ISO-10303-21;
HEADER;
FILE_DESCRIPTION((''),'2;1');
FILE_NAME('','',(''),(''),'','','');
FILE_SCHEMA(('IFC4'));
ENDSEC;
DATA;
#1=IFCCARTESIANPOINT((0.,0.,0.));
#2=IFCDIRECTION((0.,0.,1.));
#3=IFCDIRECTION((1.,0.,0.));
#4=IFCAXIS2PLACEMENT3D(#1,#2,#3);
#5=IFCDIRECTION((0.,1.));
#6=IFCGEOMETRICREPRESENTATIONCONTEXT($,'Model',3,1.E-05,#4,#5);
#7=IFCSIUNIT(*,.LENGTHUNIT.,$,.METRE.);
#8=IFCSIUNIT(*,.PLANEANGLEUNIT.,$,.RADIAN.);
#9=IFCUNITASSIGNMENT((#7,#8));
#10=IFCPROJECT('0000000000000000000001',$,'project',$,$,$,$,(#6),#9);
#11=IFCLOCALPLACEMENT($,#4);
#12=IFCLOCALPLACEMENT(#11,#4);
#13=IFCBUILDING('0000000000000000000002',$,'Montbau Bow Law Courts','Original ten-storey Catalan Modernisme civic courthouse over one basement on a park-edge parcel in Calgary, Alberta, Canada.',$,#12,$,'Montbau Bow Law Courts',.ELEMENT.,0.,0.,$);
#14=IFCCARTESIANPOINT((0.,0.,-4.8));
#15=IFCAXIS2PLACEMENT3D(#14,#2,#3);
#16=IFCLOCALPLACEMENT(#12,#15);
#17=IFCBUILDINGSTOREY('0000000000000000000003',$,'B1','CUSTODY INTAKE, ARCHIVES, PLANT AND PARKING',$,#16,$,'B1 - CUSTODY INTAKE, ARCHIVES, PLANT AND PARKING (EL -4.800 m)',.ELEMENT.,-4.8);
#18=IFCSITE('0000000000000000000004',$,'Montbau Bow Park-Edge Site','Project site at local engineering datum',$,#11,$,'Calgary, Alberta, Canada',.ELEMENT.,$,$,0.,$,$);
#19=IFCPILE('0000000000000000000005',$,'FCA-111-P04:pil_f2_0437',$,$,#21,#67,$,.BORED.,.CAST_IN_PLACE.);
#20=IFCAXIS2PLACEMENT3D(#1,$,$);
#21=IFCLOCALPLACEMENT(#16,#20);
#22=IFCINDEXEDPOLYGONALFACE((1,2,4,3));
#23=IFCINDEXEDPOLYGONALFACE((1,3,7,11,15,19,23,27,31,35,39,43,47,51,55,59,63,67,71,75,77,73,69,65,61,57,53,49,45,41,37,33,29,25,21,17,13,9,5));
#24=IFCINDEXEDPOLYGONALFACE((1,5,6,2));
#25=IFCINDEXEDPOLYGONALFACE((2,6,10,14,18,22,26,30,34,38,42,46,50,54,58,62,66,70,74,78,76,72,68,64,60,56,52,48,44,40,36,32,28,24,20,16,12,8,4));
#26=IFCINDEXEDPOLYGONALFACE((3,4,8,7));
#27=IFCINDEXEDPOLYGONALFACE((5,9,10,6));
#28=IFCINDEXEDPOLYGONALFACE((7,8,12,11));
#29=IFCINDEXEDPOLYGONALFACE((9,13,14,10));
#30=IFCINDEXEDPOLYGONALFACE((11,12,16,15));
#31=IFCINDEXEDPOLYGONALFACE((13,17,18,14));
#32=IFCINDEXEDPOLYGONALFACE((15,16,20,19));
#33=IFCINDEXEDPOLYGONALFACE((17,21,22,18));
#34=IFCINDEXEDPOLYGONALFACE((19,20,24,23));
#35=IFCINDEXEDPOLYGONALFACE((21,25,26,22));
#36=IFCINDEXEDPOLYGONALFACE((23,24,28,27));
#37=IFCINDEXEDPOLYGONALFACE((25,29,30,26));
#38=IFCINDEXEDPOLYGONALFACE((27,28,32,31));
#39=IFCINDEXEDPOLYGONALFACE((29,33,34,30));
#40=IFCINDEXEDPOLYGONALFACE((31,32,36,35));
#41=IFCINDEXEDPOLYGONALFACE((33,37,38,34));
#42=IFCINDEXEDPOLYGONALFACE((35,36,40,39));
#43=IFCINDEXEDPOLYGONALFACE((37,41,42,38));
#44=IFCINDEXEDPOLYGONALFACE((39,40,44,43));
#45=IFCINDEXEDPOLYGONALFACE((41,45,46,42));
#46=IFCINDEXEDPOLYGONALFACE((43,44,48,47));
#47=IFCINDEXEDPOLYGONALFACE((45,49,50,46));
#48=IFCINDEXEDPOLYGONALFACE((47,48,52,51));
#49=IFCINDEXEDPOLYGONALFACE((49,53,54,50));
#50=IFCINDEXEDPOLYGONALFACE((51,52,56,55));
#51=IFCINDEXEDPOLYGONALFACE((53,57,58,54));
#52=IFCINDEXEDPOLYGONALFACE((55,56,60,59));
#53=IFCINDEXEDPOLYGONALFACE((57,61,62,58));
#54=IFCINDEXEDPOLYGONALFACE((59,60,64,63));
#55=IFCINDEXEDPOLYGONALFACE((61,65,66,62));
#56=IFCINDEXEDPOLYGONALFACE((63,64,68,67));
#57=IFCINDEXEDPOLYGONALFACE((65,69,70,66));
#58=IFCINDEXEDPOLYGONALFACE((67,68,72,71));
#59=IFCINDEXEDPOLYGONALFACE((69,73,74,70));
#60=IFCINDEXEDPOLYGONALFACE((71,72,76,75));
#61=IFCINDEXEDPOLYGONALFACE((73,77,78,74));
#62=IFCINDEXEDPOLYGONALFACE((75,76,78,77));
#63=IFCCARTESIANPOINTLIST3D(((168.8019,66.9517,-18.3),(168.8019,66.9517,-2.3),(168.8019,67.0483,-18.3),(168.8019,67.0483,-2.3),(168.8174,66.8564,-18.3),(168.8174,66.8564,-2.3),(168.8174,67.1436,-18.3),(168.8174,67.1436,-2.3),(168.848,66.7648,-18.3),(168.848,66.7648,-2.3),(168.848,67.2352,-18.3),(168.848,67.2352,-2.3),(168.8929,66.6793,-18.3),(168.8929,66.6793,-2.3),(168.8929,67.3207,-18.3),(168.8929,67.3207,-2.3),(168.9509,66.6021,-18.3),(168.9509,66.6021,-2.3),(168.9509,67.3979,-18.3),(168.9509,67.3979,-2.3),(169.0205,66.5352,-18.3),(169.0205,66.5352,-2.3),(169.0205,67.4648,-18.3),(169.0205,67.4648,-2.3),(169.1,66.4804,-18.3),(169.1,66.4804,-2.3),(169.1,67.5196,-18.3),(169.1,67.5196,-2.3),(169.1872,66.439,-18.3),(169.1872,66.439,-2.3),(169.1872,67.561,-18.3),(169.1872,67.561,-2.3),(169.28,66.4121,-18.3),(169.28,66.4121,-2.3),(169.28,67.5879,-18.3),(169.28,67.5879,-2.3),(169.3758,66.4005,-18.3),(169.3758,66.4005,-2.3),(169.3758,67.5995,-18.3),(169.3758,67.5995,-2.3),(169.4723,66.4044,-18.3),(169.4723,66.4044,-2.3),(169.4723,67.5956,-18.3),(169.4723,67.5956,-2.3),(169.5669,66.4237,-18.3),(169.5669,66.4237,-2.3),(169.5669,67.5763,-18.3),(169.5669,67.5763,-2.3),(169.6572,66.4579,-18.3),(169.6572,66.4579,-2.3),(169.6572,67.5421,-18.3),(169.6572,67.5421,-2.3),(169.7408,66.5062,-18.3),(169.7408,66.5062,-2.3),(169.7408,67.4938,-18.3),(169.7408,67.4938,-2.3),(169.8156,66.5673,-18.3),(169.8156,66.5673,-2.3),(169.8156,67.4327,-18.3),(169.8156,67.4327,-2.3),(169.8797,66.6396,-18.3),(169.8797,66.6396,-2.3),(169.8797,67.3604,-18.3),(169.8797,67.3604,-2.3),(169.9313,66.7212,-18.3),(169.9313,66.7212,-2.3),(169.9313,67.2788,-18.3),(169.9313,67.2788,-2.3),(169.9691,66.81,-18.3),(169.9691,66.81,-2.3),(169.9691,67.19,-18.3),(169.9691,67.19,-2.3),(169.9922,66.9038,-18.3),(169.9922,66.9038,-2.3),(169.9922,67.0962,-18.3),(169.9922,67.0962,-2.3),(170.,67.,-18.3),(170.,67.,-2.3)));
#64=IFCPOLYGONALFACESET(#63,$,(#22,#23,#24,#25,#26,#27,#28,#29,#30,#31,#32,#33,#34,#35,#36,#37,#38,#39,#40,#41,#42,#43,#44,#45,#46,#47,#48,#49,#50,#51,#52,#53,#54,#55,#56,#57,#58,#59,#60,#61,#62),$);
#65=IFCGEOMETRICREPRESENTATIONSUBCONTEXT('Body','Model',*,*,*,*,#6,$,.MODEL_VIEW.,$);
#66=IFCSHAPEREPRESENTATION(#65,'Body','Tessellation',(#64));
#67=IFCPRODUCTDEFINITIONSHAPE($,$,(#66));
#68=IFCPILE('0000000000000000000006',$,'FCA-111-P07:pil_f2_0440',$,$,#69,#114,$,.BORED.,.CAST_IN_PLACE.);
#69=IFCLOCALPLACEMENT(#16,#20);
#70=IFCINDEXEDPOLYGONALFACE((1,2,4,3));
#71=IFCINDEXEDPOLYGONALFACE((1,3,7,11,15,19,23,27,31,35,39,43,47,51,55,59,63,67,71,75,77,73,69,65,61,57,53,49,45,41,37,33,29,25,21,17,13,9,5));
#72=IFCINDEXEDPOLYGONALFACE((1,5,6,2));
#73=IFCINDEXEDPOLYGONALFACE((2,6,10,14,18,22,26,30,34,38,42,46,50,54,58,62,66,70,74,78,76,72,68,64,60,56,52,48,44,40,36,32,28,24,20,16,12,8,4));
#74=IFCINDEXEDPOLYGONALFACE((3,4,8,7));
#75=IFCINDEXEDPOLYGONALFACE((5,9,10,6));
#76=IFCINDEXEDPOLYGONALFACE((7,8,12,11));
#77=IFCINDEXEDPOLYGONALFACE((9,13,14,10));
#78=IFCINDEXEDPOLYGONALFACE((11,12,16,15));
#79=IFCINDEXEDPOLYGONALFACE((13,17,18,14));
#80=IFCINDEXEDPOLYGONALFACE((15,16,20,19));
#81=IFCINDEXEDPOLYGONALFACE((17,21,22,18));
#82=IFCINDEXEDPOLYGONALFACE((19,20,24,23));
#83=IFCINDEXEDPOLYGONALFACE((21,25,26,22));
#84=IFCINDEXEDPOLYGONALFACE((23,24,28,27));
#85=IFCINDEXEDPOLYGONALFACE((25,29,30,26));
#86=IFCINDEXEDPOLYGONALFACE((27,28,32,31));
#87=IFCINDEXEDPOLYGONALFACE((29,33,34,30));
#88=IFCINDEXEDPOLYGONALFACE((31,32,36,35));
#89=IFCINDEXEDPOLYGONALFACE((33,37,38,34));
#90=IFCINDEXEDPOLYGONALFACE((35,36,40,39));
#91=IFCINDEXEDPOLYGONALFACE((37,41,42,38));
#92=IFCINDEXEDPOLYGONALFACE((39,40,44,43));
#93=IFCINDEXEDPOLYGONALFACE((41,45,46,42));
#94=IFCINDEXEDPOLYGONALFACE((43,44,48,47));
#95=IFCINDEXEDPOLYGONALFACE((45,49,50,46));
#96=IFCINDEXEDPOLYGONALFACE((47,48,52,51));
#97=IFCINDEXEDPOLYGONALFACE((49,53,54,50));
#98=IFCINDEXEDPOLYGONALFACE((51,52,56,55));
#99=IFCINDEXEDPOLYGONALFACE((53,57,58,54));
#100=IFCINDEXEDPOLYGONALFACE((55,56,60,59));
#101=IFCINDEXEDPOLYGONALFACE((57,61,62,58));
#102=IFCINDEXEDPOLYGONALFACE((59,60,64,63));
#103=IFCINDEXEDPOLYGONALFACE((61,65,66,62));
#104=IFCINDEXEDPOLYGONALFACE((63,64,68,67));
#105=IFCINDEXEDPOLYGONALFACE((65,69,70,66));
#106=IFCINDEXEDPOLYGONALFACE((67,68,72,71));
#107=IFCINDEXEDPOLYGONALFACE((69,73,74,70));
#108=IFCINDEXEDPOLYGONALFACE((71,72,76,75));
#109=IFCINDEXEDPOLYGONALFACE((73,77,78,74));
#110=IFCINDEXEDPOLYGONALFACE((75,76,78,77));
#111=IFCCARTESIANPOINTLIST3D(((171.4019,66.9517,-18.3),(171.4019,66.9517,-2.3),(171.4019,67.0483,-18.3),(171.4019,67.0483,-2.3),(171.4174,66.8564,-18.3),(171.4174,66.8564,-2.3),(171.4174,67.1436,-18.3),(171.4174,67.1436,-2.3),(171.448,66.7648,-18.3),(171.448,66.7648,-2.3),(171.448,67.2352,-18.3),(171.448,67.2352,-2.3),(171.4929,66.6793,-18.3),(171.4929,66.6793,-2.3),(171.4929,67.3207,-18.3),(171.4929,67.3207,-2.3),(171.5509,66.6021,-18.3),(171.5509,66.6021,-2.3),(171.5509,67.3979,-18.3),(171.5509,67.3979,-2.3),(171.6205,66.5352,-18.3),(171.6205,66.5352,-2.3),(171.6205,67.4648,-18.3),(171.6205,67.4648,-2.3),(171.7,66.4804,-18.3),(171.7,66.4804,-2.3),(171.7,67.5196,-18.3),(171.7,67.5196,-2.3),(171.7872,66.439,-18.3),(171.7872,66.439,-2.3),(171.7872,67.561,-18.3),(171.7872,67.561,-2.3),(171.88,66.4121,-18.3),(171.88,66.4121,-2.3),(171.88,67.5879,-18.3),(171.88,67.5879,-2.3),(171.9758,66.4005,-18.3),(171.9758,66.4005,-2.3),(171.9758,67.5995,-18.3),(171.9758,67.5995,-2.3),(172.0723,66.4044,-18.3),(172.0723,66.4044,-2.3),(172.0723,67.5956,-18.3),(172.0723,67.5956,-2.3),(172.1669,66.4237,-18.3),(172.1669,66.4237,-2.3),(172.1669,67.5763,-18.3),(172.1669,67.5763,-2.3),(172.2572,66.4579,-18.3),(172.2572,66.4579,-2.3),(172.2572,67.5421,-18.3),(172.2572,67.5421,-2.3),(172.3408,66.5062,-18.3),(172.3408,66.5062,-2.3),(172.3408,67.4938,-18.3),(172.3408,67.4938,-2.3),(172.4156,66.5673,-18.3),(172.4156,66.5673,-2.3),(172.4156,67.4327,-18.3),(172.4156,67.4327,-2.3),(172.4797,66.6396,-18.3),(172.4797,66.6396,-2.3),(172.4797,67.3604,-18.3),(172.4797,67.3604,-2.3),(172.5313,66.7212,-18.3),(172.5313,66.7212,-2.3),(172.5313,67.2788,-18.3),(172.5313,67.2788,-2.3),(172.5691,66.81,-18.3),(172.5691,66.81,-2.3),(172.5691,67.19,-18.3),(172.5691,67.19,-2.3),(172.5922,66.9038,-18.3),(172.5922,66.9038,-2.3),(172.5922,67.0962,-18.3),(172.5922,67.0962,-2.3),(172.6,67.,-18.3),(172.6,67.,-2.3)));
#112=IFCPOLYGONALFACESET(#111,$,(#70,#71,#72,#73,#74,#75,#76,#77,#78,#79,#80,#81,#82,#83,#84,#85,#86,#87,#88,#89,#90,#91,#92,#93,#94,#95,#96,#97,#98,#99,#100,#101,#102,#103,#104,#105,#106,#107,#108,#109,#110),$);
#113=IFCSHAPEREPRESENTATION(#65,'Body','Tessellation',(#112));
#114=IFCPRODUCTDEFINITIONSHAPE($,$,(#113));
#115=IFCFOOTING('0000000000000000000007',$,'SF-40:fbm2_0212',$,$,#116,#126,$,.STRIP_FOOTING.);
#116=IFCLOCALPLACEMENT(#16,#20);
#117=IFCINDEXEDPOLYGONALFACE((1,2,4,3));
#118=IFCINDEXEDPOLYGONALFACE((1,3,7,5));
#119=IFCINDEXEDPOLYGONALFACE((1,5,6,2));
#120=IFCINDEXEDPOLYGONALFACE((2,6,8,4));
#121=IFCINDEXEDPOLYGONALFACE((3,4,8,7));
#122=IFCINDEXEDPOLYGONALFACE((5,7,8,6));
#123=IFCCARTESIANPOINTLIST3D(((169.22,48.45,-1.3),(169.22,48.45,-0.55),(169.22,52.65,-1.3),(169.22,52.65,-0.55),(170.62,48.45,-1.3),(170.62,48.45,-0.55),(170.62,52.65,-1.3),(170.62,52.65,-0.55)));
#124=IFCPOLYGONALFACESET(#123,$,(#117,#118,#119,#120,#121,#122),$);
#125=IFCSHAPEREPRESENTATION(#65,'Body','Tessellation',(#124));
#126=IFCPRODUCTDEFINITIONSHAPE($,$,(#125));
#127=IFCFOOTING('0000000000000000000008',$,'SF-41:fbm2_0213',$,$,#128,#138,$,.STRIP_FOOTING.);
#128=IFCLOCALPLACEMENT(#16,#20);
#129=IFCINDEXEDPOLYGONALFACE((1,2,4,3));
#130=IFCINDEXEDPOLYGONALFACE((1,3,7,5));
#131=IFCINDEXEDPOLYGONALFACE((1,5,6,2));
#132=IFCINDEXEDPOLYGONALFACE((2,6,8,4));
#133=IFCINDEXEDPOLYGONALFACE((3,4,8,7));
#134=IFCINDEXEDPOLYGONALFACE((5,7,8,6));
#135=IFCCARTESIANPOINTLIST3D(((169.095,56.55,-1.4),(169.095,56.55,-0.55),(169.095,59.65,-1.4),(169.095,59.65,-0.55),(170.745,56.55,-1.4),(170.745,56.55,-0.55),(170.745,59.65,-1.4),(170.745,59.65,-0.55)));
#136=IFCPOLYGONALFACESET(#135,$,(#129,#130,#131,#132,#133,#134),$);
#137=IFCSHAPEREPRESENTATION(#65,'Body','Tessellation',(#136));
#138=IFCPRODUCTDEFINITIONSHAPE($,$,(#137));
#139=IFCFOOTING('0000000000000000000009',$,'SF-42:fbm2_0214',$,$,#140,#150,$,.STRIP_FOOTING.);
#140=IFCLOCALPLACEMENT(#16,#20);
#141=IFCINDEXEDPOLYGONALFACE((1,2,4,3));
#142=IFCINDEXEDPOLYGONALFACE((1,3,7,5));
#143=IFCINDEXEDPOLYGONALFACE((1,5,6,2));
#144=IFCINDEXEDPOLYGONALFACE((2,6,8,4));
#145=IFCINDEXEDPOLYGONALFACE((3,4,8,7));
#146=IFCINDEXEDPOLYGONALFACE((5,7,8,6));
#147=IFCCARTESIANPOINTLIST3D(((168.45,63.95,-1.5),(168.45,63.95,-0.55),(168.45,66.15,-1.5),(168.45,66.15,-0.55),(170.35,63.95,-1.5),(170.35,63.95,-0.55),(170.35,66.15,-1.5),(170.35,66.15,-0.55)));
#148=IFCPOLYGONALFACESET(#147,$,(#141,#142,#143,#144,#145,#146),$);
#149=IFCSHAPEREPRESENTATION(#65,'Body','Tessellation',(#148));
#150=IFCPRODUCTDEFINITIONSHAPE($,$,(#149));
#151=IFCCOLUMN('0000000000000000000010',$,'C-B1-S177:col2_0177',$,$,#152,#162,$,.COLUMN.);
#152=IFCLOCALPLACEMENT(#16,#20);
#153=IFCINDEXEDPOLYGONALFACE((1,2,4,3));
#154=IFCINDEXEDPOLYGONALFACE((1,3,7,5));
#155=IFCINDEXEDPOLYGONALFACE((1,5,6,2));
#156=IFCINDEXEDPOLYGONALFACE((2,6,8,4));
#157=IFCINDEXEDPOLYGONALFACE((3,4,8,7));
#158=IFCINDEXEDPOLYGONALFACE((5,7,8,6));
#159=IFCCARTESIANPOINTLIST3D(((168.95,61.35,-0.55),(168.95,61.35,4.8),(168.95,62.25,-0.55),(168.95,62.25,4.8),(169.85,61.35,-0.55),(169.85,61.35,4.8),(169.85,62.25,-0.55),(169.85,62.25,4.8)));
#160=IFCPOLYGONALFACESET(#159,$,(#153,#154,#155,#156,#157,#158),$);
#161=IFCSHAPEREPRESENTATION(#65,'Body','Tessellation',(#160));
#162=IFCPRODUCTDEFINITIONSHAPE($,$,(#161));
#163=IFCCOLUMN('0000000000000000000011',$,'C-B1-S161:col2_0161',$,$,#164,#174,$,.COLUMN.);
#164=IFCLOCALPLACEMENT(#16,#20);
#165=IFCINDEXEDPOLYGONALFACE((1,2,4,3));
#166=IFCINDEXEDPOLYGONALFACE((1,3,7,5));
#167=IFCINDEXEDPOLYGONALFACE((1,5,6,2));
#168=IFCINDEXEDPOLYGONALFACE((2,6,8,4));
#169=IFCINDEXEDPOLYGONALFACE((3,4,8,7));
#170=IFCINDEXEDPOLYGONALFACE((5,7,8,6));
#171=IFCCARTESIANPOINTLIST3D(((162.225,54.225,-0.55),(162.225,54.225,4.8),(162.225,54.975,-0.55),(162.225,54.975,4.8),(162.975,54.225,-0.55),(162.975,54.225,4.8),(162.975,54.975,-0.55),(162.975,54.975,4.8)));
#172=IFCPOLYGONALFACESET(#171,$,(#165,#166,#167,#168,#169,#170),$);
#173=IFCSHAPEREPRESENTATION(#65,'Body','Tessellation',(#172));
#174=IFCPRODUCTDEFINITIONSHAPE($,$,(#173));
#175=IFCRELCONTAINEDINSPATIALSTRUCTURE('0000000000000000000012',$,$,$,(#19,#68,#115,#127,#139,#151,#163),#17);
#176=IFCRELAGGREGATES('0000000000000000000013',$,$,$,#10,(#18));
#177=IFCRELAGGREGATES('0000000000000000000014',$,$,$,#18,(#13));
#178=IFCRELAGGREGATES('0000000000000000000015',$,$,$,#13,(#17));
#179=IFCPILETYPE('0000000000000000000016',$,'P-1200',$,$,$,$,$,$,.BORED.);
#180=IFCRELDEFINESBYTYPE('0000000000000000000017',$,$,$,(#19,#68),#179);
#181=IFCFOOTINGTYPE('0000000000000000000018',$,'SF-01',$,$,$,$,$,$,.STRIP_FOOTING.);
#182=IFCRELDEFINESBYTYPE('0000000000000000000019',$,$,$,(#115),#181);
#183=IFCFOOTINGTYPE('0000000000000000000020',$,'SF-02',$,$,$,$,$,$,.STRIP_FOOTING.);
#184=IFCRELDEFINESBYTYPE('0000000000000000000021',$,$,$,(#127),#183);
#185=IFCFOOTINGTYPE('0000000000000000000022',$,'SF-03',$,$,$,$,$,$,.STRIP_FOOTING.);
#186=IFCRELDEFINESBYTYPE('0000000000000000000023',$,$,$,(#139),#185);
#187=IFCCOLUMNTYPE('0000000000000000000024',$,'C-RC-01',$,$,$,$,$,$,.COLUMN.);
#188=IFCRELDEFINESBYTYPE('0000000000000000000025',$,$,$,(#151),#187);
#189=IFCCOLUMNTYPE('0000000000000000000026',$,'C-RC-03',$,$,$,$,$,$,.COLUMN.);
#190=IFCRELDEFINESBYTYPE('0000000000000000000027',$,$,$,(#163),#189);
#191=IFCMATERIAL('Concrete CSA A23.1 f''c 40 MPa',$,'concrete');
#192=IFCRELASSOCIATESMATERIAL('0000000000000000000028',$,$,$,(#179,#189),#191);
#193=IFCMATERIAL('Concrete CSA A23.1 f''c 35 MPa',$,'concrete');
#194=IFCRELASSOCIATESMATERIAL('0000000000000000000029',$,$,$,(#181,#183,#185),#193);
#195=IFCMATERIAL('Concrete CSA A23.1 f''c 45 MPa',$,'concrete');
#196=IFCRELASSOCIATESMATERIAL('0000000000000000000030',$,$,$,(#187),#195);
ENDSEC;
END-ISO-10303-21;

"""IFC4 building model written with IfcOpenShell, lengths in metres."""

from ifc_helpers import new_model, si_unit, direction, frame, origin_with_axes, origin_2d_with_axis, place, context, subcontext, project, spatial, rectangle, circle, extrude, material, material_profile, profile_set, type_object, element, save


model = new_model("IFC4")

# Units and contexts
model_context = context("Model", 3, precision=1e-05, world=origin_with_axes(), true_north=direction((0.0, 1.0)))
body_context = subcontext(model_context, "Body", "Model", "MODEL_VIEW")
ifc_project = project(units=[si_unit("LENGTHUNIT", "METRE"), si_unit("PLANEANGLEUNIT", "RADIAN")], contexts=[model_context])

# Site, building, storey
site_placement = place(None, origin_with_axes())
site = spatial("IfcSite", under=ifc_project, at=site_placement, Name="Montbau Bow Park-Edge Site", Description="Project site at local engineering datum", LongName="Calgary, Alberta, Canada", CompositionType="ELEMENT", RefElevation=0.0)
building_placement = place(site_placement, origin_with_axes())
building = spatial("IfcBuilding", under=site, at=building_placement, Name="Montbau Bow Law Courts", Description="Original ten-storey Catalan Modernisme civic courthouse over one basement on a park-edge parcel in Calgary, Alberta, Canada.", LongName="Montbau Bow Law Courts", CompositionType="ELEMENT", ElevationOfRefHeight=0.0, ElevationOfTerrain=0.0)
storey_placement = place(building_placement, frame((0.0, 0.0, -4.8), z_axis=(0.0, 0.0, 1.0), x_axis=(1.0, 0.0, 0.0)))
storey = spatial("IfcBuildingStorey", under=building, at=storey_placement, Name="B1", Description="CUSTODY INTAKE, ARCHIVES, PLANT AND PARKING", LongName="B1 - CUSTODY INTAKE, ARCHIVES, PLANT AND PARKING (EL -4.800 m)", CompositionType="ELEMENT", Elevation=-4.8)

# Shared definitions
ifc_material_1 = material(Name="Concrete CSA A23.1 f'c 35 MPa", Category="concrete")

# Piles
ifc_material_2 = material(Name="Concrete CSA A23.1 f'c 40 MPa", Category="concrete")
ifc_material_profile_1 = material_profile(ifc_material_2, circle(Radius=0.6, at=origin_2d_with_axis()), Name="BP1200", Category="Main", Priority=0)
ifc_profile_set_1 = profile_set([ifc_material_profile_1], Name="Concrete CSA A23.1 f'c 40 MPa")
pile_type_1 = type_object("IfcPileType", Name="P-1200", PredefinedType="BORED", material=ifc_profile_set_1)
for number, where, z_axis, x_axis, name in (
    (1, (169.4, 67.0, -23.1), (0.0, 0.0, 1.0), (1.0, 0.0, 0.0), "FCA-111-P04:pil_f2_0437"),
    (2, (172.0, 67.0, -23.1), (0.0, 0.0, 1.0), (1.0, 0.0, 0.0), "FCA-111-P07:pil_f2_0440"),
):
    element("IfcPile", number, at=place(None, frame(where, z_axis=z_axis, x_axis=x_axis)), inside=storey, type_object=pile_type_1, Name=name, ConstructionType="CAST_IN_PLACE", PredefinedType="BORED", context=body_context, shape_type="SweptSolid", body=[
        extrude(circle(Radius=0.6, at=origin_2d_with_axis()), origin_with_axes(), (0.0, 0.0, 1.0), 16.0),
    ])

# Footings
footing_type_1 = type_object("IfcFootingType", Name="SF-01", PredefinedType="STRIP_FOOTING", material=ifc_material_1)
footing_1_placement = place(None, frame((169.92, 50.55, -6.1), z_axis=(0.0, 0.0, 1.0), x_axis=(0.0, 1.0, 0.0)))
element("IfcFooting", 3, at=footing_1_placement, inside=storey, type_object=footing_type_1, Name="SF-40:fbm2_0212", PredefinedType="STRIP_FOOTING", context=body_context, shape_type="SweptSolid", body=[
    extrude(rectangle(XDim=4.2, YDim=1.4, at=origin_2d_with_axis()), origin_with_axes(), (0.0, 0.0, 1.0), 0.75),
])
footing_type_2 = type_object("IfcFootingType", Name="SF-02", PredefinedType="STRIP_FOOTING", material=ifc_material_1)
footing_2_placement = place(None, frame((169.92, 58.1, -6.2), z_axis=(0.0, 0.0, 1.0), x_axis=(0.0, 1.0, 0.0)))
element("IfcFooting", 4, at=footing_2_placement, inside=storey, type_object=footing_type_2, Name="SF-41:fbm2_0213", PredefinedType="STRIP_FOOTING", context=body_context, shape_type="SweptSolid", body=[
    extrude(rectangle(XDim=3.1, YDim=1.65, at=origin_2d_with_axis()), origin_with_axes(), (0.0, 0.0, 1.0), 0.85),
])
footing_type_3 = type_object("IfcFootingType", Name="SF-03", PredefinedType="STRIP_FOOTING", material=ifc_material_1)
footing_3_placement = place(None, frame((169.4, 65.05, -6.3), z_axis=(0.0, 0.0, 1.0), x_axis=(0.0, 1.0, 0.0)))
element("IfcFooting", 5, at=footing_3_placement, inside=storey, type_object=footing_type_3, Name="SF-42:fbm2_0214", PredefinedType="STRIP_FOOTING", context=body_context, shape_type="SweptSolid", body=[
    extrude(rectangle(XDim=2.2, YDim=1.9, at=origin_2d_with_axis()), origin_with_axes(), (0.0, 0.0, 1.0), 0.95),
])

# Columns
ifc_material_3 = material(Name="Concrete CSA A23.1 f'c 45 MPa", Category="concrete")
ifc_material_profile_2 = material_profile(ifc_material_3, rectangle(XDim=0.9, YDim=0.9, at=origin_2d_with_axis()), Name="RC900X900", Category="Main", Priority=0)
ifc_profile_set_2 = profile_set([ifc_material_profile_2], Name="Concrete CSA A23.1 f'c 45 MPa")
column_type_1 = type_object("IfcColumnType", Name="C-RC-01", PredefinedType="COLUMN", material=ifc_profile_set_2)
column_1_placement = place(None, frame((169.4, 61.8, -5.35), z_axis=(0.0, 0.0, 1.0), x_axis=(1.0, 0.0, 0.0)))
element("IfcColumn", 6, at=column_1_placement, inside=storey, type_object=column_type_1, Name="C-B1-S177:col2_0177", PredefinedType="COLUMN", context=body_context, shape_type="SweptSolid", body=[
    extrude(rectangle(XDim=0.9, YDim=0.9, at=origin_2d_with_axis()), origin_with_axes(), (0.0, 0.0, 1.0), 5.35),
])
ifc_material_profile_3 = material_profile(ifc_material_2, rectangle(XDim=0.75, YDim=0.75, at=origin_2d_with_axis()), Name="RC750X750", Category="Main", Priority=0)
ifc_profile_set_3 = profile_set([ifc_material_profile_3], Name="Concrete CSA A23.1 f'c 40 MPa")
column_type_2 = type_object("IfcColumnType", Name="C-RC-03", PredefinedType="COLUMN", material=ifc_profile_set_3)
column_2_placement = place(None, frame((162.6, 54.6, -5.35), z_axis=(0.0, 0.0, 1.0), x_axis=(1.0, 0.0, 0.0)))
element("IfcColumn", 7, at=column_2_placement, inside=storey, type_object=column_type_2, Name="C-B1-S161:col2_0161", PredefinedType="COLUMN", context=body_context, shape_type="SweptSolid", body=[
    extrude(rectangle(XDim=0.75, YDim=0.75, at=origin_2d_with_axis()), origin_with_axes(), (0.0, 0.0, 1.0), 5.35),
])

save(model, "model.ifc")
